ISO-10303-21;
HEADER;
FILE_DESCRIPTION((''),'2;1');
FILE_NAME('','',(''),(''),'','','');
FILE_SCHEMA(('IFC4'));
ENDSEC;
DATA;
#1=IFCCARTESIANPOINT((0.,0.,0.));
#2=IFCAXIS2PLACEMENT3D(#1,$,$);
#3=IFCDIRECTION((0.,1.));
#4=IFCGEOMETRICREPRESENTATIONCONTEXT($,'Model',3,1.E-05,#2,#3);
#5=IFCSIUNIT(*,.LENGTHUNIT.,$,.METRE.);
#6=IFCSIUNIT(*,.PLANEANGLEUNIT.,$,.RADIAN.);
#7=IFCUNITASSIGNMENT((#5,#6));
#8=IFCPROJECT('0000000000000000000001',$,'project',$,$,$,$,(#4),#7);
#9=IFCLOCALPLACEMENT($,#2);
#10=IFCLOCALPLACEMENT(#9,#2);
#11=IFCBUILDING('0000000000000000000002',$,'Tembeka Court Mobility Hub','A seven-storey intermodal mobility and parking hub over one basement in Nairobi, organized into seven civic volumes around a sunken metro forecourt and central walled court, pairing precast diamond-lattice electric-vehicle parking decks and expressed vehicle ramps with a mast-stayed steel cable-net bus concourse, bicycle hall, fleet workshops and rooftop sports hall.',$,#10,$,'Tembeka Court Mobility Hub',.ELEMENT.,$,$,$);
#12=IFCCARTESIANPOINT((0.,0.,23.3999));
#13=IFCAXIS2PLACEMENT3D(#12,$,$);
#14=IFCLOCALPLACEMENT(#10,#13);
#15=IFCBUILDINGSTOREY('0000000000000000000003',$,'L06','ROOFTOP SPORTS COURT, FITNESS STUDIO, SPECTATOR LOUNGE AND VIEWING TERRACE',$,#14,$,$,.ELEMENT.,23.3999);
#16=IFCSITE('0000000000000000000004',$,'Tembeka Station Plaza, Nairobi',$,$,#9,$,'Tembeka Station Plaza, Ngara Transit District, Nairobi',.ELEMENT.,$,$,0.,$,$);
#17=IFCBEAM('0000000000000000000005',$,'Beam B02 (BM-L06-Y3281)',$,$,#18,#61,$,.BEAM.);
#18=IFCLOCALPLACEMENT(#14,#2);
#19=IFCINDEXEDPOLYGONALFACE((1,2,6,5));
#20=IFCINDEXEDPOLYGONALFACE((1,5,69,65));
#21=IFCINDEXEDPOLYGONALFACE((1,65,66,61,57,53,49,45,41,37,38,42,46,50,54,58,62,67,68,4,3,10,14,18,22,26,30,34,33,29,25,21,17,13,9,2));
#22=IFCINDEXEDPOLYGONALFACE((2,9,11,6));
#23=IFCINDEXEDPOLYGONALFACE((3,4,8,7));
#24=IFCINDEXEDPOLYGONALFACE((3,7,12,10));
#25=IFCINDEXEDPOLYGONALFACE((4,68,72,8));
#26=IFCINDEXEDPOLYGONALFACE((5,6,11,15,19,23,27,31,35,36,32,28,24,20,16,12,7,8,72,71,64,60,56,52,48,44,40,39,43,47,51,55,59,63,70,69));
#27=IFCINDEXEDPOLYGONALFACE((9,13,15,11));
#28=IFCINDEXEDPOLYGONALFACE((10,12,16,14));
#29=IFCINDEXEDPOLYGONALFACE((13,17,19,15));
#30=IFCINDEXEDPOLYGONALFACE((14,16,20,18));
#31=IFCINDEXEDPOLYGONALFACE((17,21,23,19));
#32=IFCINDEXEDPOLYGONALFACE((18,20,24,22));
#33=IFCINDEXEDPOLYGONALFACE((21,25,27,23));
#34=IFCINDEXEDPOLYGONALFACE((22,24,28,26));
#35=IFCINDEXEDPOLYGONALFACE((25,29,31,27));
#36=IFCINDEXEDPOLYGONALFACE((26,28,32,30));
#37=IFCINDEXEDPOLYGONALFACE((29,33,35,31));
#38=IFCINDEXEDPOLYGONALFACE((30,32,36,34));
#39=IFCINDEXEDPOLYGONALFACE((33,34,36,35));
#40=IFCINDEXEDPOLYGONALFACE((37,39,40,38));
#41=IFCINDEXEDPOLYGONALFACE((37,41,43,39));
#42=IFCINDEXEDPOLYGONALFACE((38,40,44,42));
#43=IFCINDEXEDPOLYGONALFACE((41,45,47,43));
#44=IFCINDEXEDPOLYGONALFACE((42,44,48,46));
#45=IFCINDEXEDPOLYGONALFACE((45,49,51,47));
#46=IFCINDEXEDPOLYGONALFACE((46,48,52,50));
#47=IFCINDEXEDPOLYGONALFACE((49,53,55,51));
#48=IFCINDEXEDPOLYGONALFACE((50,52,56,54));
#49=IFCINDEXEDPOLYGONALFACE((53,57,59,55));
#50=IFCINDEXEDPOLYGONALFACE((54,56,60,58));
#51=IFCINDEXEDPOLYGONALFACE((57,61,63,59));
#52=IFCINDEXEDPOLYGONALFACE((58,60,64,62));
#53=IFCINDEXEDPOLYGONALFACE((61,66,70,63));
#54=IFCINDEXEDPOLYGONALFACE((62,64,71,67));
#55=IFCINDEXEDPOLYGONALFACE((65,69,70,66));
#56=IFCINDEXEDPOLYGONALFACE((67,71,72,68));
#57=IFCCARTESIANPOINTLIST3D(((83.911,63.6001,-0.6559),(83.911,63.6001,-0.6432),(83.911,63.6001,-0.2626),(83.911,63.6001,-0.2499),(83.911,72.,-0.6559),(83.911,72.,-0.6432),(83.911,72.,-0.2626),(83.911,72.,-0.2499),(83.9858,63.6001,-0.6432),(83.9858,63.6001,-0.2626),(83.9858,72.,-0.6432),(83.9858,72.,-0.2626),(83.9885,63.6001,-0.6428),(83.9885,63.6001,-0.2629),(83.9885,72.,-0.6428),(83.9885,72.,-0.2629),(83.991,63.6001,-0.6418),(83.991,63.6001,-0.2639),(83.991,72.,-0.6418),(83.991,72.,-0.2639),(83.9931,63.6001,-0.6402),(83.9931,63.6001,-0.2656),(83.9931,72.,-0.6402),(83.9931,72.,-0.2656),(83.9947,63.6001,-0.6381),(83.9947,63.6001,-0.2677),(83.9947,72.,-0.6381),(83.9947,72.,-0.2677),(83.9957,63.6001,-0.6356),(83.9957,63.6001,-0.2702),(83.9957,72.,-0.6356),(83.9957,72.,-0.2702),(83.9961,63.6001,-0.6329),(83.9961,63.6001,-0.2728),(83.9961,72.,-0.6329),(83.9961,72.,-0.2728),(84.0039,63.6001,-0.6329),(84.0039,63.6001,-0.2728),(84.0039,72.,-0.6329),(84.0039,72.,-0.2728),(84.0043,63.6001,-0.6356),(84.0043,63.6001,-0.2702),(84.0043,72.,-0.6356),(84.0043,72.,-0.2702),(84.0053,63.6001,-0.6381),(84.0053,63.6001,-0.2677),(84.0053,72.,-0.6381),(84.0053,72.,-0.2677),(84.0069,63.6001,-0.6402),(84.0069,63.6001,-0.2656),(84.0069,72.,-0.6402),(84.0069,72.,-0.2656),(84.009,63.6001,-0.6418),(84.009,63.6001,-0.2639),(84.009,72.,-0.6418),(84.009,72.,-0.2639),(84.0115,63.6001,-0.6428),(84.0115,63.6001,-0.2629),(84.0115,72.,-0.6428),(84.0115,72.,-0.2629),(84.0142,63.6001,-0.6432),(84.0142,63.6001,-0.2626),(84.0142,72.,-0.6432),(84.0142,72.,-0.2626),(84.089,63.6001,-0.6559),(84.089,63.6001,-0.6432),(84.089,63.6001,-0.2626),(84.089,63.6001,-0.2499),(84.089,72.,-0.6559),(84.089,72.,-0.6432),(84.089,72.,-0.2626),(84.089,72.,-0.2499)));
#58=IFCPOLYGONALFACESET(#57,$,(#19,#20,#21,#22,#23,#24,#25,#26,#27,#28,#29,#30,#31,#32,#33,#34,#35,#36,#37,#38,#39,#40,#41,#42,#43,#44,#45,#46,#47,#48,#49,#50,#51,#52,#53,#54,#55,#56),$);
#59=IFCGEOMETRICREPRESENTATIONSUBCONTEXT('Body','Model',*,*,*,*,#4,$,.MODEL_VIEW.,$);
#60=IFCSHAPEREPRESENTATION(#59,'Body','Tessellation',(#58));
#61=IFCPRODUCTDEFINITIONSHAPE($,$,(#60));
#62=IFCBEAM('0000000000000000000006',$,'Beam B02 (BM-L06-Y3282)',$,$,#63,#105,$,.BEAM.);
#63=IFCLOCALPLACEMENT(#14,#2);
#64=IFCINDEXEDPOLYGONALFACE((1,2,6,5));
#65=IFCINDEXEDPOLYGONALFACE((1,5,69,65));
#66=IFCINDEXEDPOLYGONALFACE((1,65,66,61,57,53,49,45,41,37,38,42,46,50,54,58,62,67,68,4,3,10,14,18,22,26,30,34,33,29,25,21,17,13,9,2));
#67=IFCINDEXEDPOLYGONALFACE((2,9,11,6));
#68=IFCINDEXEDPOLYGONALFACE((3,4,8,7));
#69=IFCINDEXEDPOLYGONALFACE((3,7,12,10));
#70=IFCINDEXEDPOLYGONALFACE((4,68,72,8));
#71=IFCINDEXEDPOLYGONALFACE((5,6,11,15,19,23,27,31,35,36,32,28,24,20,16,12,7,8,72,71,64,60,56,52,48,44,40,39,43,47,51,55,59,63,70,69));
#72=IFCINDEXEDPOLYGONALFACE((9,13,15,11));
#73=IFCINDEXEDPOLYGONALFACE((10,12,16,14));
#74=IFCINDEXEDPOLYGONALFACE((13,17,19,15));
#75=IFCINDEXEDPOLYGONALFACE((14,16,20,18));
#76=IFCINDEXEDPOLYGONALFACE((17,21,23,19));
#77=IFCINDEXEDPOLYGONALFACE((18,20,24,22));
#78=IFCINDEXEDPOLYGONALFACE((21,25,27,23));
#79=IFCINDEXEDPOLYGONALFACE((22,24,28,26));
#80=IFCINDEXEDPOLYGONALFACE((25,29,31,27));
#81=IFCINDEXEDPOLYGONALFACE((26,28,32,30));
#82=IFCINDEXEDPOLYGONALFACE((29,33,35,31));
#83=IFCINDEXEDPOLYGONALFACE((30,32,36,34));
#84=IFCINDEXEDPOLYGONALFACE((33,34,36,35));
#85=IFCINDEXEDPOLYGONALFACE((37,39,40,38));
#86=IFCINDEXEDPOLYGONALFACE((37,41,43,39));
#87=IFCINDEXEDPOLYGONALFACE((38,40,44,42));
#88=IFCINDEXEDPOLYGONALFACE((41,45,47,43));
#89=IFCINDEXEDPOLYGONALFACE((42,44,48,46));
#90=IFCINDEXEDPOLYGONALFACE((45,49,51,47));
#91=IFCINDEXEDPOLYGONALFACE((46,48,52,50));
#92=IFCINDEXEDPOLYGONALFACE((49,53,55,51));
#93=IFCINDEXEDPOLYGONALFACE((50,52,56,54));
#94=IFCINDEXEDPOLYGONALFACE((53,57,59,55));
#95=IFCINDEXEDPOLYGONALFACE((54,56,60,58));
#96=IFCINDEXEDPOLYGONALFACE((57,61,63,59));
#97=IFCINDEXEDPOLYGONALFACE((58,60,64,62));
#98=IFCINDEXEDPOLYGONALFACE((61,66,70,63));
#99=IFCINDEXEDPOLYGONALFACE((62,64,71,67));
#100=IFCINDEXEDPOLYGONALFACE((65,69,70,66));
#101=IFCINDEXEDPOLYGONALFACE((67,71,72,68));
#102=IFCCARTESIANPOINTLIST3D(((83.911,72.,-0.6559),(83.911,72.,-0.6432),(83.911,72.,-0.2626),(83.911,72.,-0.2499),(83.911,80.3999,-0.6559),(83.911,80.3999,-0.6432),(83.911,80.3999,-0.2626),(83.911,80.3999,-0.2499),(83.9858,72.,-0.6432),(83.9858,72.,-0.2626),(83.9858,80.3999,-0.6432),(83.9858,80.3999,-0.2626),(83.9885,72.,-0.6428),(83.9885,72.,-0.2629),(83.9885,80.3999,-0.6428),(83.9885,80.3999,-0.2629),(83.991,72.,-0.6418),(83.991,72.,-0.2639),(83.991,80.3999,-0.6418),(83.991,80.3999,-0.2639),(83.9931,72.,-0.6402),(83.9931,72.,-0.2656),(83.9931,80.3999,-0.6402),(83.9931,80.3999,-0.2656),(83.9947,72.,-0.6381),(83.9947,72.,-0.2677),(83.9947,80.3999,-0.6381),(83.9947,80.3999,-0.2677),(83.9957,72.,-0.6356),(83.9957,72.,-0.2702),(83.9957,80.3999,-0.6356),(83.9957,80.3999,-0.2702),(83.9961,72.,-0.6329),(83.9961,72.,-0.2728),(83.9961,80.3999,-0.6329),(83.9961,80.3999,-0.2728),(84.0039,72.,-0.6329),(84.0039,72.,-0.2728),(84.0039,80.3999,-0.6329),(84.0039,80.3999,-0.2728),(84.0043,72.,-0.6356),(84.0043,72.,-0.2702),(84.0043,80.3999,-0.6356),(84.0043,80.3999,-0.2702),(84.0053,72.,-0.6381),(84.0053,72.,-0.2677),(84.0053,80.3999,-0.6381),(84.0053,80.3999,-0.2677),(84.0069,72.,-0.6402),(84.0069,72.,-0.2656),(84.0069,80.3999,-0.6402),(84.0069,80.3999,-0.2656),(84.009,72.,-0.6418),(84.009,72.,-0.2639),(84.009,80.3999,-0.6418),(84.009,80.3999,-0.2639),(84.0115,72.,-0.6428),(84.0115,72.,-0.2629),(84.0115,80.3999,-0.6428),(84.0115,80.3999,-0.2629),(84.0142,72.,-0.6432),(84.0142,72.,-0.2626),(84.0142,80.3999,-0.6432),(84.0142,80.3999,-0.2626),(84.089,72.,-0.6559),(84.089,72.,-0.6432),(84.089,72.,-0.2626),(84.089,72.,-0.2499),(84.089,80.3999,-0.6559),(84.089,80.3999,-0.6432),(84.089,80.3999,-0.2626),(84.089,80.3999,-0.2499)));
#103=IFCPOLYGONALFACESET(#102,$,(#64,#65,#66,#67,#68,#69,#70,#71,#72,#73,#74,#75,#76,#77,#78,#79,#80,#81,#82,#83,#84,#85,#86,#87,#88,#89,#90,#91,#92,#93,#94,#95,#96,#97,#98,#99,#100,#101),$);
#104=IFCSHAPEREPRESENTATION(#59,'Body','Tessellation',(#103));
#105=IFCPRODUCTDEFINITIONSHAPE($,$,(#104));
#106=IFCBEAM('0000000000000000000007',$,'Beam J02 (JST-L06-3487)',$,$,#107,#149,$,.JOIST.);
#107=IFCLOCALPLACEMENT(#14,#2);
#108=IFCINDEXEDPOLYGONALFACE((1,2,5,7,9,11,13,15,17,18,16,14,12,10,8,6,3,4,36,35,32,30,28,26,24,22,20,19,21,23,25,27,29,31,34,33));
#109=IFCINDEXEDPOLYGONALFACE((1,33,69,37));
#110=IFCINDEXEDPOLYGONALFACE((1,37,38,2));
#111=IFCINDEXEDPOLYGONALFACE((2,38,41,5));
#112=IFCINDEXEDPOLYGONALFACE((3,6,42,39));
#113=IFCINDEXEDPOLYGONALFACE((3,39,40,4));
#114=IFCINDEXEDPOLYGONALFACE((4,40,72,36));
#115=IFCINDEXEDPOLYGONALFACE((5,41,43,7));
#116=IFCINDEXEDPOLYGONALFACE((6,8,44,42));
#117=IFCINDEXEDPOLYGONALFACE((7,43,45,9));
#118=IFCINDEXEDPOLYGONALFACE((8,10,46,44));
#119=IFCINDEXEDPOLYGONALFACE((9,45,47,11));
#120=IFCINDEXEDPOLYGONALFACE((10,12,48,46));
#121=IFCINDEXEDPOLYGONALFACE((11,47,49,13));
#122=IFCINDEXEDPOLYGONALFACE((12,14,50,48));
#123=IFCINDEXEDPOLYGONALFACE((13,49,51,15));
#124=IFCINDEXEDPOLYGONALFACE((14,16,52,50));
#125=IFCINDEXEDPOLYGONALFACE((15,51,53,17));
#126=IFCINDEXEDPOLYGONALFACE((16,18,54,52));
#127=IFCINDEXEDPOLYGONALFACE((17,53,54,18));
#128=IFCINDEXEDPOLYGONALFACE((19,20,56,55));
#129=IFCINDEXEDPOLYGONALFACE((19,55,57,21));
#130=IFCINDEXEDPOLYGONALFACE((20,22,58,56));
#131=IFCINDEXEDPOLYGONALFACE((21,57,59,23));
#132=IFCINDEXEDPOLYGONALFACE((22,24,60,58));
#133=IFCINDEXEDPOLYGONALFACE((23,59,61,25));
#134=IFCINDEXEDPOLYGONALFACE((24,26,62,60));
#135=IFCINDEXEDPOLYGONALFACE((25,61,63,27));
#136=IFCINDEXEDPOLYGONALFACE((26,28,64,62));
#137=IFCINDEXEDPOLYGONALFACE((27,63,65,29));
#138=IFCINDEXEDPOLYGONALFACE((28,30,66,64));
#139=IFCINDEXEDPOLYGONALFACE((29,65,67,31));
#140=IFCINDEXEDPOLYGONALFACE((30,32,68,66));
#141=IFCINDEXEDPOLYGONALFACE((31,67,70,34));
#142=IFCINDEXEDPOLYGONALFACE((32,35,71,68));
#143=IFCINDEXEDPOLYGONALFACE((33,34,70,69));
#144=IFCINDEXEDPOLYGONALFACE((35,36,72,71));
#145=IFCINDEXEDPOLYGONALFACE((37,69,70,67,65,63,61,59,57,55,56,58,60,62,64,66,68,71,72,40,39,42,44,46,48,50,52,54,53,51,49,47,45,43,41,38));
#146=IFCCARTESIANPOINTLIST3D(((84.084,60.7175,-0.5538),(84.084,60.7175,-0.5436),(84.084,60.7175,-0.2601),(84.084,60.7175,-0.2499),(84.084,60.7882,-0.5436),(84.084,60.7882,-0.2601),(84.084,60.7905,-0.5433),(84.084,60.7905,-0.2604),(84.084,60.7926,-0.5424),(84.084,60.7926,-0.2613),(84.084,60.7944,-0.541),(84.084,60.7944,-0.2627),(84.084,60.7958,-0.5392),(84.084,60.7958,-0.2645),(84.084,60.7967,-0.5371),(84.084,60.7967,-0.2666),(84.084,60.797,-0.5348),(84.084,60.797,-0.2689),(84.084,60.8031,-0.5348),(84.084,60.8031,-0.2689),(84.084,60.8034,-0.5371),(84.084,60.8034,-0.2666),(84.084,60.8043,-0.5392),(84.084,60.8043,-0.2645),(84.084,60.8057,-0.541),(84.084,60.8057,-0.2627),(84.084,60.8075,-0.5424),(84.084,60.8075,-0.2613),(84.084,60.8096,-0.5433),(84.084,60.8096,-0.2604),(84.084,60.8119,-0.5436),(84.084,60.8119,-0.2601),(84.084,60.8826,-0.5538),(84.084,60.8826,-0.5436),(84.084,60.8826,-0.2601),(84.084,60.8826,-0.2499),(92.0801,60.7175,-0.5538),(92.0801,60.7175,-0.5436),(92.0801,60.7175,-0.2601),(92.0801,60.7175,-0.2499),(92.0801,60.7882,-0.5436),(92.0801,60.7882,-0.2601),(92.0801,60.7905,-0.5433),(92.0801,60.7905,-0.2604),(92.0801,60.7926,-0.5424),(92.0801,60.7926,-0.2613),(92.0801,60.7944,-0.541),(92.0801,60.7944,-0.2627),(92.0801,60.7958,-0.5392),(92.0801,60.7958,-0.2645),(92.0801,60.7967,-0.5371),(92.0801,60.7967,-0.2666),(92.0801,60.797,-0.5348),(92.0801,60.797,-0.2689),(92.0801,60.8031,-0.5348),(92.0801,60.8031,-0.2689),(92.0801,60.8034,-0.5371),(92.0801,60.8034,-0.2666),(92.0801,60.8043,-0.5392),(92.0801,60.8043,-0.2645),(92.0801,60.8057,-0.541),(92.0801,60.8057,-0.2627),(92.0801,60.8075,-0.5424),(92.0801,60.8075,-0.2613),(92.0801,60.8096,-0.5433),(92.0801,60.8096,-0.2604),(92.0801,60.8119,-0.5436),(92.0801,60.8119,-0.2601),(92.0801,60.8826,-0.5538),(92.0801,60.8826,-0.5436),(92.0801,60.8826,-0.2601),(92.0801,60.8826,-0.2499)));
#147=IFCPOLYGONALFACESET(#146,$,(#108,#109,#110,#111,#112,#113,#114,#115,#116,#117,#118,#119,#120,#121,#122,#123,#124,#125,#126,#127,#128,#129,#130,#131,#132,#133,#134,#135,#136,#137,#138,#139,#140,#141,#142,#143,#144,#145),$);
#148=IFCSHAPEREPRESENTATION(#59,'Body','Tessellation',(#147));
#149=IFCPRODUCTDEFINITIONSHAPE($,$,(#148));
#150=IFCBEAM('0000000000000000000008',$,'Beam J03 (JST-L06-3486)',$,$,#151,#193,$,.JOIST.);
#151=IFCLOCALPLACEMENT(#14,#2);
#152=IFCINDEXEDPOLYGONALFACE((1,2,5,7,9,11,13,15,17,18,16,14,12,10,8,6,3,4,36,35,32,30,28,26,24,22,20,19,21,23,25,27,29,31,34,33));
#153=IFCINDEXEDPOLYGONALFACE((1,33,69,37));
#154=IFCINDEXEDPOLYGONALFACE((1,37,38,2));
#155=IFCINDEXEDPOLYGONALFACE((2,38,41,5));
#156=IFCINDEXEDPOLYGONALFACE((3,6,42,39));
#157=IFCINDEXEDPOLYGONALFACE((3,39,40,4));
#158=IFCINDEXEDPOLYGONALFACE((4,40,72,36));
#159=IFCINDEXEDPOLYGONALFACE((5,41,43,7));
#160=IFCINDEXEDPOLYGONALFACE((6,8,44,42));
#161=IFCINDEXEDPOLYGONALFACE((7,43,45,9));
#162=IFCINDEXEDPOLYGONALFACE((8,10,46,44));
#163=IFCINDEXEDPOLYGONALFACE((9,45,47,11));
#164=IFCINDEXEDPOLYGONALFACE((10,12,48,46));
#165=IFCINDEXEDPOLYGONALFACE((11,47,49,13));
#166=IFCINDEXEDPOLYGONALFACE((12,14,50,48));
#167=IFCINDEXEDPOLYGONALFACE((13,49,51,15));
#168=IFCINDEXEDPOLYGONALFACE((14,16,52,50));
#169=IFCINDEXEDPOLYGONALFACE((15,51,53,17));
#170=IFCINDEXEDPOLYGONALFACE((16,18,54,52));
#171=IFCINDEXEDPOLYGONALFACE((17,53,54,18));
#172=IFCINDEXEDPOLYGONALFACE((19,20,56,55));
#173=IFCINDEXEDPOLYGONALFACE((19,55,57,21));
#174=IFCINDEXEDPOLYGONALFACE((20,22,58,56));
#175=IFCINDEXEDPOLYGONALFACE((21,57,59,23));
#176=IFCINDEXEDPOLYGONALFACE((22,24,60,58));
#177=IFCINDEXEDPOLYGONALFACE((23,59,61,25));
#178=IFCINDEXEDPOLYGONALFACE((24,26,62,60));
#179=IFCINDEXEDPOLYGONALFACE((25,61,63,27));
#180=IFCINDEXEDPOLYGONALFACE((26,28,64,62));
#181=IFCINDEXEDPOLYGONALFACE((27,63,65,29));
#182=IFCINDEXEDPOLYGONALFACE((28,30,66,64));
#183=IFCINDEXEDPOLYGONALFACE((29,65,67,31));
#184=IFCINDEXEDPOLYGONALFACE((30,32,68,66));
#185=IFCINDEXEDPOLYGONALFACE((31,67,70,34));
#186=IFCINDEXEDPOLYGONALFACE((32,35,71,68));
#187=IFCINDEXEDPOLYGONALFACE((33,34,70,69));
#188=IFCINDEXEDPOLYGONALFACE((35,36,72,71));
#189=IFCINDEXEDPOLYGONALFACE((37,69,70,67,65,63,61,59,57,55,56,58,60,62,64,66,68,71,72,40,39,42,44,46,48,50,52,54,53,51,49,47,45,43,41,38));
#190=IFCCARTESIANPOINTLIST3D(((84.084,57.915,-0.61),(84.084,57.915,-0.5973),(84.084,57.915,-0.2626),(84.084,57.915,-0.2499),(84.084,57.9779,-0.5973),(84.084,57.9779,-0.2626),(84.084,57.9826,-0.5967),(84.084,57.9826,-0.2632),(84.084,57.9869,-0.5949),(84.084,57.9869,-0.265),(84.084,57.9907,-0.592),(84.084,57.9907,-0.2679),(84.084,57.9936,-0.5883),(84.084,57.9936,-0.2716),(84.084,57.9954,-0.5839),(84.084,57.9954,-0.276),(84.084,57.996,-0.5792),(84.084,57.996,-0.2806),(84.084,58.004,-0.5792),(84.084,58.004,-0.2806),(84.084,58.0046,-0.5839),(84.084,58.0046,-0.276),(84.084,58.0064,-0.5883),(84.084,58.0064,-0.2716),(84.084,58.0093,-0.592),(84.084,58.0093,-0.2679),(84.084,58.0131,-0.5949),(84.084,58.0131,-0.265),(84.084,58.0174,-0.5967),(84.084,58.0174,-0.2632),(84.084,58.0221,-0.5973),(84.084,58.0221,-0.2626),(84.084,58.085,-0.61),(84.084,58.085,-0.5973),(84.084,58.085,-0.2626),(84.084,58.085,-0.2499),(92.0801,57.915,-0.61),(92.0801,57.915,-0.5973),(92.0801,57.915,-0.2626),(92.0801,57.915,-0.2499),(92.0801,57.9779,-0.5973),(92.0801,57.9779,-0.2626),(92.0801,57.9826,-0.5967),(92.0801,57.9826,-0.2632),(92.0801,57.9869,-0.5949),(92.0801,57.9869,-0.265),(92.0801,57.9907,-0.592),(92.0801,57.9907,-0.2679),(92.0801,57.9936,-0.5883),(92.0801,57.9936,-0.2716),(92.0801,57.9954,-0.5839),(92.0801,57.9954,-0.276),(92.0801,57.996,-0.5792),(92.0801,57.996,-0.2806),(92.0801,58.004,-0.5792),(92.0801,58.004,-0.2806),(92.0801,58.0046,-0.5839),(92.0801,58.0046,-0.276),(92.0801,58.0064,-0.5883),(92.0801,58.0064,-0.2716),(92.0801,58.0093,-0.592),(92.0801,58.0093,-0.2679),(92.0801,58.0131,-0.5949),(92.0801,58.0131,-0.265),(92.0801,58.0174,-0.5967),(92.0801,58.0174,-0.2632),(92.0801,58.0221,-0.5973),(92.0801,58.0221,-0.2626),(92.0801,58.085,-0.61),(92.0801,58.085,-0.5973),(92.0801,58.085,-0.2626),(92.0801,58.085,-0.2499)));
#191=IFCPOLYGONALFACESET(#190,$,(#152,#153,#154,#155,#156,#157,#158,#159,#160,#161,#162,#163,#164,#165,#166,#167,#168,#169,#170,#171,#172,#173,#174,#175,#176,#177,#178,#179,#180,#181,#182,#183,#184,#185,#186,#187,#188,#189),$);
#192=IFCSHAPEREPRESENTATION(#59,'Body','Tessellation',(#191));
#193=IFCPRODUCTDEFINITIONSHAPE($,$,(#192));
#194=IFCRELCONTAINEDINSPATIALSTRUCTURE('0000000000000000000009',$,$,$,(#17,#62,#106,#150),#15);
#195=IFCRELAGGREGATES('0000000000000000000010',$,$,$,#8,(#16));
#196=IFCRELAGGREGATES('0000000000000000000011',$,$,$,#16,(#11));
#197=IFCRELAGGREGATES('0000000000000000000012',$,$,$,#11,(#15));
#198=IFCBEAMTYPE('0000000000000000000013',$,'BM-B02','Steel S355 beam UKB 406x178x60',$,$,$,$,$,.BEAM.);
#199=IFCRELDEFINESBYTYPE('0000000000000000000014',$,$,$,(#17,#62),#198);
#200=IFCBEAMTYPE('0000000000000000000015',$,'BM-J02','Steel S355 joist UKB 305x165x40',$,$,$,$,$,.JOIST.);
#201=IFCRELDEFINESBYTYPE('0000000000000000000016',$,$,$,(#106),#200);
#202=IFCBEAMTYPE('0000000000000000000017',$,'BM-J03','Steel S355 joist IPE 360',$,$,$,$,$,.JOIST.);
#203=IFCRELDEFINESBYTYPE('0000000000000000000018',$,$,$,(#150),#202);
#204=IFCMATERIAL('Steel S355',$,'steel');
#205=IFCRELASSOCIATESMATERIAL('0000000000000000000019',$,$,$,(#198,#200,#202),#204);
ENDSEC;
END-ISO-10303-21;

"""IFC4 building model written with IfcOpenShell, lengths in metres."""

from ifc_helpers import new_model, si_unit, direction, frame, origin, origin_2d, place, context, subcontext, project, spatial, i_section, extrude, material, material_profile, profile_set, type_object, element, save


model = new_model("IFC4")

# Units and contexts
model_context = context("Model", 3, precision=1e-05, world=origin(), true_north=direction((0.0, 1.0)))
body_context = subcontext(model_context, "Body", "Model", "MODEL_VIEW")
ifc_project = project(units=[si_unit("LENGTHUNIT", "METRE"), si_unit("PLANEANGLEUNIT", "RADIAN")], contexts=[model_context])

# Site, building, storey
site_placement = place(None, origin())
site = spatial("IfcSite", under=ifc_project, at=site_placement, Name="Tembeka Station Plaza, Nairobi", LongName="Tembeka Station Plaza, Ngara Transit District, Nairobi", CompositionType="ELEMENT", RefElevation=0.0)
building_placement = place(site_placement, origin())
building = spatial("IfcBuilding", under=site, at=building_placement, Name="Tembeka Court Mobility Hub", Description="A seven-storey intermodal mobility and parking hub over one basement in Nairobi, organized into seven civic volumes around a sunken metro forecourt and central walled court, pairing precast diamond-lattice electric-vehicle parking decks and expressed vehicle ramps with a mast-stayed steel cable-net bus concourse, bicycle hall, fleet workshops and rooftop sports hall.", LongName="Tembeka Court Mobility Hub", CompositionType="ELEMENT")
storey_placement = place(building_placement, frame((0.0, 0.0, 23.3999)))
storey = spatial("IfcBuildingStorey", under=building, at=storey_placement, Name="L06", Description="ROOFTOP SPORTS COURT, FITNESS STUDIO, SPECTATOR LOUNGE AND VIEWING TERRACE", CompositionType="ELEMENT", Elevation=23.3999)

# Shared definitions
ifc_material_1 = material(Name="Steel S355", Category="steel")

# Beams
ifc_material_profile_1 = material_profile(ifc_material_1, i_section(OverallWidth=0.178, OverallDepth=0.406, WebThickness=0.0078, FlangeThickness=0.0127, FilletRadius=0.0103, at=origin_2d()), Name="UKB 406x178x60")
ifc_profile_set_1 = profile_set([ifc_material_profile_1], Name="Steel S355")
beam_type_1 = type_object("IfcBeamType", Name="BM-B02", Description="Steel S355 beam UKB 406x178x60", PredefinedType="BEAM", material=ifc_profile_set_1)
for number, where, z_axis, x_axis, name in (
    (1, (84.0, 63.6001, -0.4529), (0.0, 1.0, 0.0), (-1.0, 0.0, 0.0), "Beam B02 (BM-L06-Y3281)"),
    (2, (84.0, 72.0, -0.4529), (0.0, 1.0, 0.0), (-1.0, 0.0, 0.0), "Beam B02 (BM-L06-Y3282)"),
):
    element("IfcBeam", number, at=place(storey_placement, frame(where, z_axis=z_axis, x_axis=x_axis)), inside=storey, type_object=beam_type_1, Name=name, PredefinedType="BEAM", context=body_context, shape_type="SweptSolid", body=[
        extrude(i_section(OverallWidth=0.178, OverallDepth=0.406, WebThickness=0.0078, FlangeThickness=0.0127, FilletRadius=0.0103, at=origin_2d()), origin(), (0.0, 0.0, 1.0), 8.3999),
    ])
ifc_material_profile_2 = material_profile(ifc_material_1, i_section(OverallWidth=0.165, OverallDepth=0.304, WebThickness=0.0061, FlangeThickness=0.0103, FilletRadius=0.0088, at=origin_2d()), Name="UKB 305x165x40")
ifc_profile_set_2 = profile_set([ifc_material_profile_2], Name="Steel S355")
beam_type_2 = type_object("IfcBeamType", Name="BM-J02", Description="Steel S355 joist UKB 305x165x40", PredefinedType="JOIST", material=ifc_profile_set_2)
beam_1_placement = place(storey_placement, frame((84.084, 60.8, -0.4019), z_axis=(1.0, 0.0, 0.0), x_axis=(0.0, 1.0, 0.0)))
element("IfcBeam", 3, at=beam_1_placement, inside=storey, type_object=beam_type_2, Name="Beam J02 (JST-L06-3487)", PredefinedType="JOIST", context=body_context, shape_type="SweptSolid", body=[
    extrude(i_section(OverallWidth=0.165, OverallDepth=0.304, WebThickness=0.0061, FlangeThickness=0.0103, FilletRadius=0.0088, at=origin_2d()), origin(), (0.0, 0.0, 1.0), 7.9961),
])
ifc_material_profile_3 = material_profile(ifc_material_1, i_section(OverallWidth=0.1699, OverallDepth=0.3601, WebThickness=0.0081, FlangeThickness=0.0127, FilletRadius=0.0181, at=origin_2d()), Name="IPE 360")
ifc_profile_set_3 = profile_set([ifc_material_profile_3], Name="Steel S355")
beam_type_3 = type_object("IfcBeamType", Name="BM-J03", Description="Steel S355 joist IPE 360", PredefinedType="JOIST", material=ifc_profile_set_3)
beam_2_placement = place(storey_placement, frame((84.084, 58.0, -0.4299), z_axis=(1.0, 0.0, 0.0), x_axis=(0.0, 1.0, 0.0)))
element("IfcBeam", 4, at=beam_2_placement, inside=storey, type_object=beam_type_3, Name="Beam J03 (JST-L06-3486)", PredefinedType="JOIST", context=body_context, shape_type="SweptSolid", body=[
    extrude(i_section(OverallWidth=0.1699, OverallDepth=0.3601, WebThickness=0.0081, FlangeThickness=0.0127, FilletRadius=0.0181, at=origin_2d()), origin(), (0.0, 0.0, 1.0), 7.9961),
])

save(model, "model.ifc")
